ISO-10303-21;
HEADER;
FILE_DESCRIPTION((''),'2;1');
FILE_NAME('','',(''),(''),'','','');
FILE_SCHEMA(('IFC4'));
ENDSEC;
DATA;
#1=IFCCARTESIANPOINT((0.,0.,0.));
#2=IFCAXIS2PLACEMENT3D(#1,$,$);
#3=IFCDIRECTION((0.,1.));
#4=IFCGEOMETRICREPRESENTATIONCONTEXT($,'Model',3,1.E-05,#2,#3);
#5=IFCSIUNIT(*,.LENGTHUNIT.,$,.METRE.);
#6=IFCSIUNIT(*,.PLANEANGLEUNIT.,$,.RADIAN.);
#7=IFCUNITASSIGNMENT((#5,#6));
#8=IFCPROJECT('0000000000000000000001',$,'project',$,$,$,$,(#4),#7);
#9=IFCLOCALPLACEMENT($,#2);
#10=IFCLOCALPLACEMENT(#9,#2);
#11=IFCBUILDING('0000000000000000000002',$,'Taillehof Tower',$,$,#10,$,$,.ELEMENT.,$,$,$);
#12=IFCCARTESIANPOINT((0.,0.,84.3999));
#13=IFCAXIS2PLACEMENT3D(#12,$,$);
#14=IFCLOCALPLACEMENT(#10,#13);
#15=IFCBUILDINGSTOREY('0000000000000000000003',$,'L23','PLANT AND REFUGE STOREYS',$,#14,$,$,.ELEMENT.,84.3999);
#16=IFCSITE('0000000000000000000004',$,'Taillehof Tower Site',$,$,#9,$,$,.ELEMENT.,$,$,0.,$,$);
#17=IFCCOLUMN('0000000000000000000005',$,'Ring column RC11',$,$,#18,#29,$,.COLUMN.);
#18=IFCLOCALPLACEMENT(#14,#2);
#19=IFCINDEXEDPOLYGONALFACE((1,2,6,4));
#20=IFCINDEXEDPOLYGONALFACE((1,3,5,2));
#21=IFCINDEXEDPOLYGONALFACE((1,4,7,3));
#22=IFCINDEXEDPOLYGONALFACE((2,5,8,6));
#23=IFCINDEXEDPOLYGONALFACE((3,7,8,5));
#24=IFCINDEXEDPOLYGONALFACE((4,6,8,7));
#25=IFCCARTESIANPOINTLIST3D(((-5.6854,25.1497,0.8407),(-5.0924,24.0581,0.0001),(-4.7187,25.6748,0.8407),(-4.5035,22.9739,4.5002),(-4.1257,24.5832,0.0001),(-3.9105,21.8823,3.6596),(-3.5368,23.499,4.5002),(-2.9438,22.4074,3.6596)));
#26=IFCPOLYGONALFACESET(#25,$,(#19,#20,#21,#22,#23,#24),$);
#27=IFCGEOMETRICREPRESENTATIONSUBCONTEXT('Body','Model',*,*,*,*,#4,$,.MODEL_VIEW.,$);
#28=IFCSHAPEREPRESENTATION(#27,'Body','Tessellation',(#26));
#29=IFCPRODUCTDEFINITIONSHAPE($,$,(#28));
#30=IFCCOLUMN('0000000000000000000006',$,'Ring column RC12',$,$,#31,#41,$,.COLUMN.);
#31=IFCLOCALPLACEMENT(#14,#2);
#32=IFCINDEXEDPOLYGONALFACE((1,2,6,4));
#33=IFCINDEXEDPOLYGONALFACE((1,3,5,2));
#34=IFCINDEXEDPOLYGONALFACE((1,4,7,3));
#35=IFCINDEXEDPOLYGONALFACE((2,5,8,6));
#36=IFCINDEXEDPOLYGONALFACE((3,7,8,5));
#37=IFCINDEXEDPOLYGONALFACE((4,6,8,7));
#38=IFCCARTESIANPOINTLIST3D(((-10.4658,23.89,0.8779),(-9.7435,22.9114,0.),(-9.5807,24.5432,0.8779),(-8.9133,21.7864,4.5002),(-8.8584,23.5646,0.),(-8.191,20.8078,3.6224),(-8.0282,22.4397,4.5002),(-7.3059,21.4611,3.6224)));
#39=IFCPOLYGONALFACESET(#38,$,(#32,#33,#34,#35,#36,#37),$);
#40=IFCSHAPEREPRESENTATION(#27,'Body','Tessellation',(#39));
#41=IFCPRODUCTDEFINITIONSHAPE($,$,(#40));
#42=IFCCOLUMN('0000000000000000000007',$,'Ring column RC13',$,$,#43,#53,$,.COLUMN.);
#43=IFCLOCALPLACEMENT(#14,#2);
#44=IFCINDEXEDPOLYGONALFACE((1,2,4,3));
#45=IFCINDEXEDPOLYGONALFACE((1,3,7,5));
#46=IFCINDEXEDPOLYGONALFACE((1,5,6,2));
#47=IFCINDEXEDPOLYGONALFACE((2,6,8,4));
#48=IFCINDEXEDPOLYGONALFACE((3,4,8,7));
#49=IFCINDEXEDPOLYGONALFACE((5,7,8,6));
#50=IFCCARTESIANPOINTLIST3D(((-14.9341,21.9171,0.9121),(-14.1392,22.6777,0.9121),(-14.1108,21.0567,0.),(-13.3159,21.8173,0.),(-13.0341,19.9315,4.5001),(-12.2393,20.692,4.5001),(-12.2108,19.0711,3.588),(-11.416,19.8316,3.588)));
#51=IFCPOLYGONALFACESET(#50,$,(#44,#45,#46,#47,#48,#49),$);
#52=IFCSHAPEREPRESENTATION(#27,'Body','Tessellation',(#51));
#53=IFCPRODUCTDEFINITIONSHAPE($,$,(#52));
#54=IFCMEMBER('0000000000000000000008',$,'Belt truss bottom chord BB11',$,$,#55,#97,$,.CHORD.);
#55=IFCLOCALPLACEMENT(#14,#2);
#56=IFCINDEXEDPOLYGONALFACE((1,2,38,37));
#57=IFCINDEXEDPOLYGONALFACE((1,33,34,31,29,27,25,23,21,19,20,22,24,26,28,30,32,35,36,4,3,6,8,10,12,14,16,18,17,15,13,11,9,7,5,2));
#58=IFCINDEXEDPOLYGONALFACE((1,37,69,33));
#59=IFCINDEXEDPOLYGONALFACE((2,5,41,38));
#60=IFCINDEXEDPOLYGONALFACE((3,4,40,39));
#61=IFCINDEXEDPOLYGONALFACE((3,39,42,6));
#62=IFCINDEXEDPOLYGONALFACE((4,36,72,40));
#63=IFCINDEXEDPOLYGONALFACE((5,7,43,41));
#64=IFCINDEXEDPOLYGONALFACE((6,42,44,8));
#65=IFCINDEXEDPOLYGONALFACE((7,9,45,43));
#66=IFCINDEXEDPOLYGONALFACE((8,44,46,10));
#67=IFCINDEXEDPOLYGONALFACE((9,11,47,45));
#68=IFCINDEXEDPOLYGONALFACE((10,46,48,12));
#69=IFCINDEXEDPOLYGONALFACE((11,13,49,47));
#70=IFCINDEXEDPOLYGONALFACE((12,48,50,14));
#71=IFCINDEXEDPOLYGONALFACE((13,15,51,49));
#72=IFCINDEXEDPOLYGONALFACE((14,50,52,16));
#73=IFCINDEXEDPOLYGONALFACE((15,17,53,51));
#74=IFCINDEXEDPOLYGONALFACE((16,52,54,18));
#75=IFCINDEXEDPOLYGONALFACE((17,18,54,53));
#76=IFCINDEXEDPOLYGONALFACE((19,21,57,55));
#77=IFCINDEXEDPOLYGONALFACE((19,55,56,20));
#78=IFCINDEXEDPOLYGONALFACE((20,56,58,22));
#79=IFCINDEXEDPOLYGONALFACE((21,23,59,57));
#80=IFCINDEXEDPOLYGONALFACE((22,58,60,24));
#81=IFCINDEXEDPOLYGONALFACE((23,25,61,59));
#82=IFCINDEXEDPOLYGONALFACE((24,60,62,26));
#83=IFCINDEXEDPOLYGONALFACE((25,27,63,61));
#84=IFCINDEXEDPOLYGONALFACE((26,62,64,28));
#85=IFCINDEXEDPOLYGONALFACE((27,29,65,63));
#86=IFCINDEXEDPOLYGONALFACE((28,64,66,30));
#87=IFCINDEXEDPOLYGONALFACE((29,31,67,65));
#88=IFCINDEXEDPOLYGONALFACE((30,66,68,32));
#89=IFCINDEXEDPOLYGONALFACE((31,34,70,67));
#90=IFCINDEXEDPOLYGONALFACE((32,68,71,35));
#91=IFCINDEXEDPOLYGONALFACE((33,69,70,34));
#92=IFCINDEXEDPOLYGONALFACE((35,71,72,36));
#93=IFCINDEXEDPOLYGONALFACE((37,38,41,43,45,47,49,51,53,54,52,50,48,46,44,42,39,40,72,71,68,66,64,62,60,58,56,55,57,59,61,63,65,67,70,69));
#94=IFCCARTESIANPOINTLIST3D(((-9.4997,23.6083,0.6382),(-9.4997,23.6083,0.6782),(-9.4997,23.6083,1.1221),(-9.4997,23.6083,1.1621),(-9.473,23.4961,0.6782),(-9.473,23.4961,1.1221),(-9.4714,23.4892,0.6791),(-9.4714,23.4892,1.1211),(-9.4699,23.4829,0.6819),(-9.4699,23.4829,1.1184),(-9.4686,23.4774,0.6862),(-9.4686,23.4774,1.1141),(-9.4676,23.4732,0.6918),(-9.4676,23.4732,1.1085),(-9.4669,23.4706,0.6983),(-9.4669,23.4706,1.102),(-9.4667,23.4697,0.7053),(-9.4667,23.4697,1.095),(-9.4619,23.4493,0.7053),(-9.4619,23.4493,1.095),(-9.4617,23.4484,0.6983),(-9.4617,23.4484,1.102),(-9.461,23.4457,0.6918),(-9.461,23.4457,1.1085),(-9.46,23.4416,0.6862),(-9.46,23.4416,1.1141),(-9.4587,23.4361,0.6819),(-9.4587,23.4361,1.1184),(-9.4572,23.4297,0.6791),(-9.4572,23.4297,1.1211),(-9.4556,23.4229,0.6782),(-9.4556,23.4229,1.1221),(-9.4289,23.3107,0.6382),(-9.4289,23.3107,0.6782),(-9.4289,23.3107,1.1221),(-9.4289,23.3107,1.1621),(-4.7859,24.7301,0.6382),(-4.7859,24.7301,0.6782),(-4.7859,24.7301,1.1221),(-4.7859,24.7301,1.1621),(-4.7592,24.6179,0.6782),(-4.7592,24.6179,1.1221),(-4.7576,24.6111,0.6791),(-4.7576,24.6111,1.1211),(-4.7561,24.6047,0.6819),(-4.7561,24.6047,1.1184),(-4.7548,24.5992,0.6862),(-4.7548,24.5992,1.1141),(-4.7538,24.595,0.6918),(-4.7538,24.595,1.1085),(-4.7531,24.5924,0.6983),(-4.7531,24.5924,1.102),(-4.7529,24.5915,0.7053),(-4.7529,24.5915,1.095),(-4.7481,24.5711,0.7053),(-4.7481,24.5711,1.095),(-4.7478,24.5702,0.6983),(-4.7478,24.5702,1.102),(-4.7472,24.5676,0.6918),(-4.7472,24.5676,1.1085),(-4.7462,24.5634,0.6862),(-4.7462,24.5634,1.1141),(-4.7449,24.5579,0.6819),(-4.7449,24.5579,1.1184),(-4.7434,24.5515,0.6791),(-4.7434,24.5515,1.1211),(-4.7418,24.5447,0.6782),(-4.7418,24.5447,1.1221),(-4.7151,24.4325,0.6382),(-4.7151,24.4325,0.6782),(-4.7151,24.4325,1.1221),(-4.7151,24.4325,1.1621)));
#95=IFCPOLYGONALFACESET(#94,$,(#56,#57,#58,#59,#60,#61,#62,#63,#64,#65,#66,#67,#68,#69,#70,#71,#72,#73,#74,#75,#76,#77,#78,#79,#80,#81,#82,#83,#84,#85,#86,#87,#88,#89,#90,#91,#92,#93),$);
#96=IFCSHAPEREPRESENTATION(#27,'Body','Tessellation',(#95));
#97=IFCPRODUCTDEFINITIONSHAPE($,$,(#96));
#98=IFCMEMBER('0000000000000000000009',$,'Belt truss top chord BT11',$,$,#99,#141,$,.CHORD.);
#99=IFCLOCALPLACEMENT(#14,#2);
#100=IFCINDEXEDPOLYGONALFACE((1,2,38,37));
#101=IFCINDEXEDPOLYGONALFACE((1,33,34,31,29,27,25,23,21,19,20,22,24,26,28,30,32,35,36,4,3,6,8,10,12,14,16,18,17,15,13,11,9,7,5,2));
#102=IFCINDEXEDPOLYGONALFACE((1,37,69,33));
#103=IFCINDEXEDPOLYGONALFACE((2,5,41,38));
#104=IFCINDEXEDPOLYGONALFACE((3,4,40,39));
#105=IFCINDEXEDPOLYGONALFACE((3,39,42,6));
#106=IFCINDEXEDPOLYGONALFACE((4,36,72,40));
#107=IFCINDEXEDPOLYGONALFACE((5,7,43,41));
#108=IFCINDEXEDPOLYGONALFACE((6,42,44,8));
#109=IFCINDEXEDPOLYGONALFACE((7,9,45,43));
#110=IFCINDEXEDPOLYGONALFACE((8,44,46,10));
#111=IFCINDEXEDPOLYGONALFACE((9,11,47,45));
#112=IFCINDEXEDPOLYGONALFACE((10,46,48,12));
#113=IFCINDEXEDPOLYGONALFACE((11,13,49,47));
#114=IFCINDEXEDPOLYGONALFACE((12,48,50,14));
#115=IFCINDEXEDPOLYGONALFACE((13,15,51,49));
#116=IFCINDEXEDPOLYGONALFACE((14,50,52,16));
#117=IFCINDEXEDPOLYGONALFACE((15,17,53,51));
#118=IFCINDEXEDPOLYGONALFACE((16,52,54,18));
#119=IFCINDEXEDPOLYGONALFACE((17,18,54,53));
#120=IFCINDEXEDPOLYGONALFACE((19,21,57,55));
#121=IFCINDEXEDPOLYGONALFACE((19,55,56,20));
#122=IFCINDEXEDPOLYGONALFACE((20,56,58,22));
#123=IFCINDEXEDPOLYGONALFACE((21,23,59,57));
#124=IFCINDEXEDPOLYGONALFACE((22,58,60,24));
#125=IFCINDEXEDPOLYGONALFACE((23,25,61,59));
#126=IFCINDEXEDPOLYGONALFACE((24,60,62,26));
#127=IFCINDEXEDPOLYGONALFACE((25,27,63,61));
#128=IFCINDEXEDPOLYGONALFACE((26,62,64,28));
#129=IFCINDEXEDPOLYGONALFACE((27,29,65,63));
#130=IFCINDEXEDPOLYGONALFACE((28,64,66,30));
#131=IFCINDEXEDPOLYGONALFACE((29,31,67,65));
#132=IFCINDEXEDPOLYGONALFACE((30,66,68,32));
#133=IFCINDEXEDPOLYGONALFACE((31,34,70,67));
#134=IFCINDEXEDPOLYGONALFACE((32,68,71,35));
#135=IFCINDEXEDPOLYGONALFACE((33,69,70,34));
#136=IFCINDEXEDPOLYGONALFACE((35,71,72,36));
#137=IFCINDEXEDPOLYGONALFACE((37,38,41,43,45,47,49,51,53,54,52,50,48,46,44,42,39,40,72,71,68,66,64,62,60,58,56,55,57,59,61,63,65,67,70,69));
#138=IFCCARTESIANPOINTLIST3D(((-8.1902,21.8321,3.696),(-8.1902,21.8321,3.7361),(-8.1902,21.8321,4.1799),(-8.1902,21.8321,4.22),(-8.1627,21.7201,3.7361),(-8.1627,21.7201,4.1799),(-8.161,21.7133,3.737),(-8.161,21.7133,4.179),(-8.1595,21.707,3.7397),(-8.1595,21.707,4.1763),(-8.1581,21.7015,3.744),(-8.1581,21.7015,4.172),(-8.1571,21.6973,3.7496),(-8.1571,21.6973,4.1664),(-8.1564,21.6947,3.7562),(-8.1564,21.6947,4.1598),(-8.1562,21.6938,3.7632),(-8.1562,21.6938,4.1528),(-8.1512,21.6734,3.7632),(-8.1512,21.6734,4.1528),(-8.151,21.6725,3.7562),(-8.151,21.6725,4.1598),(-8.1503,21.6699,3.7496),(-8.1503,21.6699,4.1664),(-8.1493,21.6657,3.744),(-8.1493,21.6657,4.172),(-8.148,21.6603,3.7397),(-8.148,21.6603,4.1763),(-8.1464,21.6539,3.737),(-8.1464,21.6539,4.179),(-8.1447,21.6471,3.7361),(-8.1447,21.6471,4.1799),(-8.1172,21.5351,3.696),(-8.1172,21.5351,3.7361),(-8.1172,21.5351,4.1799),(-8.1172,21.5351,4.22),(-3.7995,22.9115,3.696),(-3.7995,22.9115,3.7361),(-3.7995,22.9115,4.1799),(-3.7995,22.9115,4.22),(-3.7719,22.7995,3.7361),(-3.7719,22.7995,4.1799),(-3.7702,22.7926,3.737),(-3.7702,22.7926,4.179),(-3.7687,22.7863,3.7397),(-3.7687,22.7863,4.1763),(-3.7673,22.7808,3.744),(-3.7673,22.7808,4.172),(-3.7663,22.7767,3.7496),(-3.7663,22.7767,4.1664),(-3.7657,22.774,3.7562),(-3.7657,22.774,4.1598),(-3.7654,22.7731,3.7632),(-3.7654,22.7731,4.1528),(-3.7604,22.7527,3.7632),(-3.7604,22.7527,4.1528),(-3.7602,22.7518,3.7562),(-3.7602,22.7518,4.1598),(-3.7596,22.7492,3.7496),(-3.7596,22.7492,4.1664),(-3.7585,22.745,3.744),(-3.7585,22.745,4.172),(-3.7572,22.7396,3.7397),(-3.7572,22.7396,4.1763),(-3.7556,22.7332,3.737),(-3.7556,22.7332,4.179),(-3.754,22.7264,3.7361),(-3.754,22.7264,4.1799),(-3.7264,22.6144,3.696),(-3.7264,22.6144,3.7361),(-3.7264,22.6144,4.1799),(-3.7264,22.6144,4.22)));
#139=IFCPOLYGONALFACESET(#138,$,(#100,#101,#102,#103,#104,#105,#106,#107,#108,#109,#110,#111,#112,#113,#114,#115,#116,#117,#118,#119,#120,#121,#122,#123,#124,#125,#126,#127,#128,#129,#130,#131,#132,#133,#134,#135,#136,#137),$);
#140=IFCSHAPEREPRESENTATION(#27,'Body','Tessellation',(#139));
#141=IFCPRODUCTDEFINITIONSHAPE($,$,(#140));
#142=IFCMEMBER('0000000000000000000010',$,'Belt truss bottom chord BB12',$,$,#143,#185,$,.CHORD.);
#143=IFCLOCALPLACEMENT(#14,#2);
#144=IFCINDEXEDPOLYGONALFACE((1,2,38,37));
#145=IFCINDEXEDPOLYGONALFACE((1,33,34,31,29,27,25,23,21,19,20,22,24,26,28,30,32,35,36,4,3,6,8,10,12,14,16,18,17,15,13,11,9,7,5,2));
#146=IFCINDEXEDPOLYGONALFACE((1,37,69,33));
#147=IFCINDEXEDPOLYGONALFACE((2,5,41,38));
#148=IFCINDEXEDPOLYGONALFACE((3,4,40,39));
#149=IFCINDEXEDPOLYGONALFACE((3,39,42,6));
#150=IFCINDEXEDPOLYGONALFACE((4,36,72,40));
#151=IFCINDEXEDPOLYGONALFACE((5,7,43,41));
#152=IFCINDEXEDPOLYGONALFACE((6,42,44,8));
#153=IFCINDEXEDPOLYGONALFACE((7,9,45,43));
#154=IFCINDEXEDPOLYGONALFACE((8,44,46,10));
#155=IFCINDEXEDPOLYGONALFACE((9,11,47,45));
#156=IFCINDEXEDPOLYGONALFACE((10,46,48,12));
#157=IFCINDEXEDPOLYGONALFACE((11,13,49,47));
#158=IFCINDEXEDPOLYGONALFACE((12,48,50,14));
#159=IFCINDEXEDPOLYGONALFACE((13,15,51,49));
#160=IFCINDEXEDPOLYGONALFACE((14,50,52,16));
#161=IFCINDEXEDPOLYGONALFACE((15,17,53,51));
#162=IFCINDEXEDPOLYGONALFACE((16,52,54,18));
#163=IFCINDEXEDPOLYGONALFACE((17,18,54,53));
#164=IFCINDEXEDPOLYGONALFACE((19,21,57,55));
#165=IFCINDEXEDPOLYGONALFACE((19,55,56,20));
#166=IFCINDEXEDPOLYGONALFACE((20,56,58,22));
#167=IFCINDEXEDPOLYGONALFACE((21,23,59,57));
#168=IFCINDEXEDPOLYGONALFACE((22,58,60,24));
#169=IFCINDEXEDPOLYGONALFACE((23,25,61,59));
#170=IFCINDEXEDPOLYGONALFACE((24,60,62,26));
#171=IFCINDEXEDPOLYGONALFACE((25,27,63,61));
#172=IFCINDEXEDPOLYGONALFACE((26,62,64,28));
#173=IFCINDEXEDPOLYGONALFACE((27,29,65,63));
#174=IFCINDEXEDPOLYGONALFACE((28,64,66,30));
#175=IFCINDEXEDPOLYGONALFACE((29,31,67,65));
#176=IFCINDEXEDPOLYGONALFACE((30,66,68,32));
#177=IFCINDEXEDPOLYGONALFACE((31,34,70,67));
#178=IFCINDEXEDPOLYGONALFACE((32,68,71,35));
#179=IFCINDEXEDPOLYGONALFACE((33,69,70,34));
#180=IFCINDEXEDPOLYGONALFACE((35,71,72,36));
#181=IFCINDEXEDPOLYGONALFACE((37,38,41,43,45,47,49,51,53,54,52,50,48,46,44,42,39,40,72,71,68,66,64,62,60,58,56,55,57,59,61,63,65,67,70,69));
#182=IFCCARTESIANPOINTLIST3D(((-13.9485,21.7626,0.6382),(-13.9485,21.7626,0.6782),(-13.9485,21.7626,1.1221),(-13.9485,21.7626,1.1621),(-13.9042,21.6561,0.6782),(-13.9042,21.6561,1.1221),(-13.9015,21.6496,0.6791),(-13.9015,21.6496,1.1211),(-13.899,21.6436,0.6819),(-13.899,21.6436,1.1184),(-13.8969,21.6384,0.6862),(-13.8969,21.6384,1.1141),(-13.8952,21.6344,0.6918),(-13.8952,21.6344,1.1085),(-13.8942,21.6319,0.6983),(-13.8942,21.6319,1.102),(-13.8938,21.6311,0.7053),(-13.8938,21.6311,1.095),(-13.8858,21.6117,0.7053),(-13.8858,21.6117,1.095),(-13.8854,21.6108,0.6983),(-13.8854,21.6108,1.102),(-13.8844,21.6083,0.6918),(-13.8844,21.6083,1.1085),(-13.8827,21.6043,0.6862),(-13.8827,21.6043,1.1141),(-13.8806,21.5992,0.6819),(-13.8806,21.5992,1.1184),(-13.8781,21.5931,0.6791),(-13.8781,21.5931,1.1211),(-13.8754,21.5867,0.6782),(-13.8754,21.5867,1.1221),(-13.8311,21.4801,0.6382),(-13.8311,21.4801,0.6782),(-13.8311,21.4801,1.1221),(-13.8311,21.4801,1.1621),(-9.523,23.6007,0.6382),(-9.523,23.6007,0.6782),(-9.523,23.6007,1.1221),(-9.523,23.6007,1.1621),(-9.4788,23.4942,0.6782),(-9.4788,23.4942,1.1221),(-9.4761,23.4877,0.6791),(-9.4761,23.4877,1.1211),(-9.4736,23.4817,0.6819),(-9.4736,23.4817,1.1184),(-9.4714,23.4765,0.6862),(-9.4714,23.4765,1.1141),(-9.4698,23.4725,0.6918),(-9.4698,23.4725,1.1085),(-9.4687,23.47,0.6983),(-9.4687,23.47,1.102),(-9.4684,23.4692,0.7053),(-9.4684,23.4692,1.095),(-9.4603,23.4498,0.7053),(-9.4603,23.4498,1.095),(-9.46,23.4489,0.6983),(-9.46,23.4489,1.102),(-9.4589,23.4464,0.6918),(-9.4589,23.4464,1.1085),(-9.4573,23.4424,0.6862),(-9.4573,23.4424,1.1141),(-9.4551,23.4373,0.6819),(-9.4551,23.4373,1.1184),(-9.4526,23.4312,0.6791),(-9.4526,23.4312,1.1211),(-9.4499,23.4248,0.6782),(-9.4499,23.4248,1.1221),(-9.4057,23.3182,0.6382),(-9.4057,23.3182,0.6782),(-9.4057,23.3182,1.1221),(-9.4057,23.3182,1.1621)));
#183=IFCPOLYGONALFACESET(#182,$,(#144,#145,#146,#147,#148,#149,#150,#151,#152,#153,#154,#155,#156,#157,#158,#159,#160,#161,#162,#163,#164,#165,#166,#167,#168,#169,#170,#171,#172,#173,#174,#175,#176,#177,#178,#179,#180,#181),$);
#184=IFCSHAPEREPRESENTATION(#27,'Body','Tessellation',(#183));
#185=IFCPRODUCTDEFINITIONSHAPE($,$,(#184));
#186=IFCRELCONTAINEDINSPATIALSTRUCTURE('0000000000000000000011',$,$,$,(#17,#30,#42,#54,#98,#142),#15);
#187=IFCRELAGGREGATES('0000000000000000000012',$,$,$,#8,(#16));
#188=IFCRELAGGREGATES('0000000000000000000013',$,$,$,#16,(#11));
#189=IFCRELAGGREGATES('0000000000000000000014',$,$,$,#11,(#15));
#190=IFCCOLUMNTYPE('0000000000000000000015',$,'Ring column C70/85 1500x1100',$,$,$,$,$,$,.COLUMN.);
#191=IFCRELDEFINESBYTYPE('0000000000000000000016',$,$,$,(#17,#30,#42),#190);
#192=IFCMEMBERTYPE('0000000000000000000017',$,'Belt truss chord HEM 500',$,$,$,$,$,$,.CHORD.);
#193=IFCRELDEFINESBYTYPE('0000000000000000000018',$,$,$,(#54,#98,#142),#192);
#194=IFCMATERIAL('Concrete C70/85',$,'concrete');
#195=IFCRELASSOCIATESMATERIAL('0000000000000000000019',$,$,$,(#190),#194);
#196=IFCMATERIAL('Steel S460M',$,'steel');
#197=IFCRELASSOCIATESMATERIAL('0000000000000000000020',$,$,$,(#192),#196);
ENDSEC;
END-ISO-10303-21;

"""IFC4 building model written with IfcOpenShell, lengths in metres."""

from ifc_helpers import new_model, si_unit, direction, frame, origin, origin_2d, place, context, subcontext, project, spatial, rectangle, i_section, extrude, material, material_profile, profile_set, type_object, element, save


model = new_model("IFC4")

# Units and contexts
model_context = context("Model", 3, precision=1e-05, world=origin(), true_north=direction((0.0, 1.0)))
body_context = subcontext(model_context, "Body", "Model", "MODEL_VIEW")
ifc_project = project(units=[si_unit("LENGTHUNIT", "METRE"), si_unit("PLANEANGLEUNIT", "RADIAN")], contexts=[model_context])

# Site, building, storey
site_placement = place(None, origin())
site = spatial("IfcSite", under=ifc_project, at=site_placement, Name="Taillehof Tower Site", CompositionType="ELEMENT", RefElevation=0.0)
building_placement = place(site_placement, origin())
building = spatial("IfcBuilding", under=site, at=building_placement, Name="Taillehof Tower", CompositionType="ELEMENT")
storey_placement = place(building_placement, frame((0.0, 0.0, 84.3999)))
storey = spatial("IfcBuildingStorey", under=building, at=storey_placement, Name="L23", Description="PLANT AND REFUGE STOREYS", CompositionType="ELEMENT", Elevation=84.3999)

# Columns
ifc_material_1 = material(Name="Concrete C70/85", Category="concrete")
ifc_material_profile_1 = material_profile(ifc_material_1, rectangle(XDim=1.5, YDim=1.1001, at=origin_2d()), Name="RC 1500x1100")
ifc_profile_set_1 = profile_set([ifc_material_profile_1], Name="Concrete C70/85")
column_type = type_object("IfcColumnType", Name="Ring column C70/85 1500x1100", PredefinedType="COLUMN", material=ifc_profile_set_1)
column_1_placement = place(storey_placement, frame((-4.9055, 24.8665, 0.4204), z_axis=(0.267492, -0.492436, 0.828224), x_axis=(-0.395332, 0.727783, 0.560398)))
element("IfcColumn", 1, at=column_1_placement, inside=storey, type_object=column_type, Name="Ring column RC11", PredefinedType="COLUMN", context=body_context, shape_type="SweptSolid", body=[
    extrude(rectangle(XDim=1.5, YDim=1.1001, at=origin_2d()), origin(), (0.0, 0.0, 1.0), 4.4185),
])
column_2_placement = place(storey_placement, frame((-9.6621, 23.7273, 0.439), z_axis=(0.347528, -0.470877, 0.810863), x_axis=(-0.481512, 0.652415, 0.585236)))
element("IfcColumn", 2, at=column_2_placement, inside=storey, type_object=column_type, Name="Ring column RC12", PredefinedType="COLUMN", context=body_context, shape_type="SweptSolid", body=[
    extrude(rectangle(XDim=1.5, YDim=1.1001, at=origin_2d()), origin(), (0.0, 0.0, 1.0), 4.4673),
])
column_3_placement = place(storey_placement, frame((-14.125, 21.8672, 0.4561), z_axis=(0.420386, -0.439347, 0.793883), x_axis=(-0.548846, 0.573601, 0.608071)))
element("IfcColumn", 3, at=column_3_placement, inside=storey, type_object=column_type, Name="Ring column RC13", PredefinedType="COLUMN", context=body_context, shape_type="SweptSolid", body=[
    extrude(rectangle(XDim=1.5, YDim=1.1001, at=origin_2d()), origin(), (0.0, 0.0, 1.0), 4.5195),
])

# Members
ifc_material_2 = material(Name="Steel S460M", Category="steel")
ifc_material_profile_2 = material_profile(ifc_material_2, i_section(OverallWidth=0.3059, OverallDepth=0.5239, WebThickness=0.021, FlangeThickness=0.04, FilletRadius=0.0271, at=origin_2d()), Name="HEM 500")
ifc_profile_set_2 = profile_set([ifc_material_profile_2], Name="Steel S460M")
member_type_1 = type_object("IfcMemberType", Name="Belt truss chord HEM 500", PredefinedType="CHORD", material=ifc_profile_set_2)
member_1_placement = place(storey_placement, frame((-4.7505, 24.5813, 0.9001), z_axis=(-0.972831, -0.231518, 0.0), x_axis=(0.231518, -0.972831, 0.0)))
element("IfcMember", 4, at=member_1_placement, inside=storey, type_object=member_type_1, Name="Belt truss bottom chord BB11", PredefinedType="CHORD", context=body_context, shape_type="SweptSolid", body=[
    extrude(i_section(OverallWidth=0.3059, OverallDepth=0.5239, WebThickness=0.021, FlangeThickness=0.04, FilletRadius=0.0271, at=origin_2d()), origin(), (0.0, 0.0, 1.0), 4.8455),
])
member_2_placement = place(storey_placement, frame((-3.7629, 22.7629, 3.958), z_axis=(-0.971091, -0.23871, 0.0), x_axis=(0.23871, -0.971091, 0.0)))
element("IfcMember", 5, at=member_2_placement, inside=storey, type_object=member_type_1, Name="Belt truss top chord BT11", PredefinedType="CHORD", context=body_context, shape_type="SweptSolid", body=[
    extrude(i_section(OverallWidth=0.3059, OverallDepth=0.5239, WebThickness=0.021, FlangeThickness=0.04, FilletRadius=0.0271, at=origin_2d()), origin(), (0.0, 0.0, 1.0), 4.5215),
])
member_3_placement = place(storey_placement, frame((-9.4644, 23.4595, 0.9001), z_axis=(-0.923509, -0.383577, 0.0), x_axis=(0.383577, -0.923509, 0.0)))
element("IfcMember", 6, at=member_3_placement, inside=storey, type_object=member_type_1, Name="Belt truss bottom chord BB12", PredefinedType="CHORD", context=body_context, shape_type="SweptSolid", body=[
    extrude(i_section(OverallWidth=0.3059, OverallDepth=0.5239, WebThickness=0.021, FlangeThickness=0.04, FilletRadius=0.0271, at=origin_2d()), origin(), (0.0, 0.0, 1.0), 4.792),
])

save(model, "model.ifc")
